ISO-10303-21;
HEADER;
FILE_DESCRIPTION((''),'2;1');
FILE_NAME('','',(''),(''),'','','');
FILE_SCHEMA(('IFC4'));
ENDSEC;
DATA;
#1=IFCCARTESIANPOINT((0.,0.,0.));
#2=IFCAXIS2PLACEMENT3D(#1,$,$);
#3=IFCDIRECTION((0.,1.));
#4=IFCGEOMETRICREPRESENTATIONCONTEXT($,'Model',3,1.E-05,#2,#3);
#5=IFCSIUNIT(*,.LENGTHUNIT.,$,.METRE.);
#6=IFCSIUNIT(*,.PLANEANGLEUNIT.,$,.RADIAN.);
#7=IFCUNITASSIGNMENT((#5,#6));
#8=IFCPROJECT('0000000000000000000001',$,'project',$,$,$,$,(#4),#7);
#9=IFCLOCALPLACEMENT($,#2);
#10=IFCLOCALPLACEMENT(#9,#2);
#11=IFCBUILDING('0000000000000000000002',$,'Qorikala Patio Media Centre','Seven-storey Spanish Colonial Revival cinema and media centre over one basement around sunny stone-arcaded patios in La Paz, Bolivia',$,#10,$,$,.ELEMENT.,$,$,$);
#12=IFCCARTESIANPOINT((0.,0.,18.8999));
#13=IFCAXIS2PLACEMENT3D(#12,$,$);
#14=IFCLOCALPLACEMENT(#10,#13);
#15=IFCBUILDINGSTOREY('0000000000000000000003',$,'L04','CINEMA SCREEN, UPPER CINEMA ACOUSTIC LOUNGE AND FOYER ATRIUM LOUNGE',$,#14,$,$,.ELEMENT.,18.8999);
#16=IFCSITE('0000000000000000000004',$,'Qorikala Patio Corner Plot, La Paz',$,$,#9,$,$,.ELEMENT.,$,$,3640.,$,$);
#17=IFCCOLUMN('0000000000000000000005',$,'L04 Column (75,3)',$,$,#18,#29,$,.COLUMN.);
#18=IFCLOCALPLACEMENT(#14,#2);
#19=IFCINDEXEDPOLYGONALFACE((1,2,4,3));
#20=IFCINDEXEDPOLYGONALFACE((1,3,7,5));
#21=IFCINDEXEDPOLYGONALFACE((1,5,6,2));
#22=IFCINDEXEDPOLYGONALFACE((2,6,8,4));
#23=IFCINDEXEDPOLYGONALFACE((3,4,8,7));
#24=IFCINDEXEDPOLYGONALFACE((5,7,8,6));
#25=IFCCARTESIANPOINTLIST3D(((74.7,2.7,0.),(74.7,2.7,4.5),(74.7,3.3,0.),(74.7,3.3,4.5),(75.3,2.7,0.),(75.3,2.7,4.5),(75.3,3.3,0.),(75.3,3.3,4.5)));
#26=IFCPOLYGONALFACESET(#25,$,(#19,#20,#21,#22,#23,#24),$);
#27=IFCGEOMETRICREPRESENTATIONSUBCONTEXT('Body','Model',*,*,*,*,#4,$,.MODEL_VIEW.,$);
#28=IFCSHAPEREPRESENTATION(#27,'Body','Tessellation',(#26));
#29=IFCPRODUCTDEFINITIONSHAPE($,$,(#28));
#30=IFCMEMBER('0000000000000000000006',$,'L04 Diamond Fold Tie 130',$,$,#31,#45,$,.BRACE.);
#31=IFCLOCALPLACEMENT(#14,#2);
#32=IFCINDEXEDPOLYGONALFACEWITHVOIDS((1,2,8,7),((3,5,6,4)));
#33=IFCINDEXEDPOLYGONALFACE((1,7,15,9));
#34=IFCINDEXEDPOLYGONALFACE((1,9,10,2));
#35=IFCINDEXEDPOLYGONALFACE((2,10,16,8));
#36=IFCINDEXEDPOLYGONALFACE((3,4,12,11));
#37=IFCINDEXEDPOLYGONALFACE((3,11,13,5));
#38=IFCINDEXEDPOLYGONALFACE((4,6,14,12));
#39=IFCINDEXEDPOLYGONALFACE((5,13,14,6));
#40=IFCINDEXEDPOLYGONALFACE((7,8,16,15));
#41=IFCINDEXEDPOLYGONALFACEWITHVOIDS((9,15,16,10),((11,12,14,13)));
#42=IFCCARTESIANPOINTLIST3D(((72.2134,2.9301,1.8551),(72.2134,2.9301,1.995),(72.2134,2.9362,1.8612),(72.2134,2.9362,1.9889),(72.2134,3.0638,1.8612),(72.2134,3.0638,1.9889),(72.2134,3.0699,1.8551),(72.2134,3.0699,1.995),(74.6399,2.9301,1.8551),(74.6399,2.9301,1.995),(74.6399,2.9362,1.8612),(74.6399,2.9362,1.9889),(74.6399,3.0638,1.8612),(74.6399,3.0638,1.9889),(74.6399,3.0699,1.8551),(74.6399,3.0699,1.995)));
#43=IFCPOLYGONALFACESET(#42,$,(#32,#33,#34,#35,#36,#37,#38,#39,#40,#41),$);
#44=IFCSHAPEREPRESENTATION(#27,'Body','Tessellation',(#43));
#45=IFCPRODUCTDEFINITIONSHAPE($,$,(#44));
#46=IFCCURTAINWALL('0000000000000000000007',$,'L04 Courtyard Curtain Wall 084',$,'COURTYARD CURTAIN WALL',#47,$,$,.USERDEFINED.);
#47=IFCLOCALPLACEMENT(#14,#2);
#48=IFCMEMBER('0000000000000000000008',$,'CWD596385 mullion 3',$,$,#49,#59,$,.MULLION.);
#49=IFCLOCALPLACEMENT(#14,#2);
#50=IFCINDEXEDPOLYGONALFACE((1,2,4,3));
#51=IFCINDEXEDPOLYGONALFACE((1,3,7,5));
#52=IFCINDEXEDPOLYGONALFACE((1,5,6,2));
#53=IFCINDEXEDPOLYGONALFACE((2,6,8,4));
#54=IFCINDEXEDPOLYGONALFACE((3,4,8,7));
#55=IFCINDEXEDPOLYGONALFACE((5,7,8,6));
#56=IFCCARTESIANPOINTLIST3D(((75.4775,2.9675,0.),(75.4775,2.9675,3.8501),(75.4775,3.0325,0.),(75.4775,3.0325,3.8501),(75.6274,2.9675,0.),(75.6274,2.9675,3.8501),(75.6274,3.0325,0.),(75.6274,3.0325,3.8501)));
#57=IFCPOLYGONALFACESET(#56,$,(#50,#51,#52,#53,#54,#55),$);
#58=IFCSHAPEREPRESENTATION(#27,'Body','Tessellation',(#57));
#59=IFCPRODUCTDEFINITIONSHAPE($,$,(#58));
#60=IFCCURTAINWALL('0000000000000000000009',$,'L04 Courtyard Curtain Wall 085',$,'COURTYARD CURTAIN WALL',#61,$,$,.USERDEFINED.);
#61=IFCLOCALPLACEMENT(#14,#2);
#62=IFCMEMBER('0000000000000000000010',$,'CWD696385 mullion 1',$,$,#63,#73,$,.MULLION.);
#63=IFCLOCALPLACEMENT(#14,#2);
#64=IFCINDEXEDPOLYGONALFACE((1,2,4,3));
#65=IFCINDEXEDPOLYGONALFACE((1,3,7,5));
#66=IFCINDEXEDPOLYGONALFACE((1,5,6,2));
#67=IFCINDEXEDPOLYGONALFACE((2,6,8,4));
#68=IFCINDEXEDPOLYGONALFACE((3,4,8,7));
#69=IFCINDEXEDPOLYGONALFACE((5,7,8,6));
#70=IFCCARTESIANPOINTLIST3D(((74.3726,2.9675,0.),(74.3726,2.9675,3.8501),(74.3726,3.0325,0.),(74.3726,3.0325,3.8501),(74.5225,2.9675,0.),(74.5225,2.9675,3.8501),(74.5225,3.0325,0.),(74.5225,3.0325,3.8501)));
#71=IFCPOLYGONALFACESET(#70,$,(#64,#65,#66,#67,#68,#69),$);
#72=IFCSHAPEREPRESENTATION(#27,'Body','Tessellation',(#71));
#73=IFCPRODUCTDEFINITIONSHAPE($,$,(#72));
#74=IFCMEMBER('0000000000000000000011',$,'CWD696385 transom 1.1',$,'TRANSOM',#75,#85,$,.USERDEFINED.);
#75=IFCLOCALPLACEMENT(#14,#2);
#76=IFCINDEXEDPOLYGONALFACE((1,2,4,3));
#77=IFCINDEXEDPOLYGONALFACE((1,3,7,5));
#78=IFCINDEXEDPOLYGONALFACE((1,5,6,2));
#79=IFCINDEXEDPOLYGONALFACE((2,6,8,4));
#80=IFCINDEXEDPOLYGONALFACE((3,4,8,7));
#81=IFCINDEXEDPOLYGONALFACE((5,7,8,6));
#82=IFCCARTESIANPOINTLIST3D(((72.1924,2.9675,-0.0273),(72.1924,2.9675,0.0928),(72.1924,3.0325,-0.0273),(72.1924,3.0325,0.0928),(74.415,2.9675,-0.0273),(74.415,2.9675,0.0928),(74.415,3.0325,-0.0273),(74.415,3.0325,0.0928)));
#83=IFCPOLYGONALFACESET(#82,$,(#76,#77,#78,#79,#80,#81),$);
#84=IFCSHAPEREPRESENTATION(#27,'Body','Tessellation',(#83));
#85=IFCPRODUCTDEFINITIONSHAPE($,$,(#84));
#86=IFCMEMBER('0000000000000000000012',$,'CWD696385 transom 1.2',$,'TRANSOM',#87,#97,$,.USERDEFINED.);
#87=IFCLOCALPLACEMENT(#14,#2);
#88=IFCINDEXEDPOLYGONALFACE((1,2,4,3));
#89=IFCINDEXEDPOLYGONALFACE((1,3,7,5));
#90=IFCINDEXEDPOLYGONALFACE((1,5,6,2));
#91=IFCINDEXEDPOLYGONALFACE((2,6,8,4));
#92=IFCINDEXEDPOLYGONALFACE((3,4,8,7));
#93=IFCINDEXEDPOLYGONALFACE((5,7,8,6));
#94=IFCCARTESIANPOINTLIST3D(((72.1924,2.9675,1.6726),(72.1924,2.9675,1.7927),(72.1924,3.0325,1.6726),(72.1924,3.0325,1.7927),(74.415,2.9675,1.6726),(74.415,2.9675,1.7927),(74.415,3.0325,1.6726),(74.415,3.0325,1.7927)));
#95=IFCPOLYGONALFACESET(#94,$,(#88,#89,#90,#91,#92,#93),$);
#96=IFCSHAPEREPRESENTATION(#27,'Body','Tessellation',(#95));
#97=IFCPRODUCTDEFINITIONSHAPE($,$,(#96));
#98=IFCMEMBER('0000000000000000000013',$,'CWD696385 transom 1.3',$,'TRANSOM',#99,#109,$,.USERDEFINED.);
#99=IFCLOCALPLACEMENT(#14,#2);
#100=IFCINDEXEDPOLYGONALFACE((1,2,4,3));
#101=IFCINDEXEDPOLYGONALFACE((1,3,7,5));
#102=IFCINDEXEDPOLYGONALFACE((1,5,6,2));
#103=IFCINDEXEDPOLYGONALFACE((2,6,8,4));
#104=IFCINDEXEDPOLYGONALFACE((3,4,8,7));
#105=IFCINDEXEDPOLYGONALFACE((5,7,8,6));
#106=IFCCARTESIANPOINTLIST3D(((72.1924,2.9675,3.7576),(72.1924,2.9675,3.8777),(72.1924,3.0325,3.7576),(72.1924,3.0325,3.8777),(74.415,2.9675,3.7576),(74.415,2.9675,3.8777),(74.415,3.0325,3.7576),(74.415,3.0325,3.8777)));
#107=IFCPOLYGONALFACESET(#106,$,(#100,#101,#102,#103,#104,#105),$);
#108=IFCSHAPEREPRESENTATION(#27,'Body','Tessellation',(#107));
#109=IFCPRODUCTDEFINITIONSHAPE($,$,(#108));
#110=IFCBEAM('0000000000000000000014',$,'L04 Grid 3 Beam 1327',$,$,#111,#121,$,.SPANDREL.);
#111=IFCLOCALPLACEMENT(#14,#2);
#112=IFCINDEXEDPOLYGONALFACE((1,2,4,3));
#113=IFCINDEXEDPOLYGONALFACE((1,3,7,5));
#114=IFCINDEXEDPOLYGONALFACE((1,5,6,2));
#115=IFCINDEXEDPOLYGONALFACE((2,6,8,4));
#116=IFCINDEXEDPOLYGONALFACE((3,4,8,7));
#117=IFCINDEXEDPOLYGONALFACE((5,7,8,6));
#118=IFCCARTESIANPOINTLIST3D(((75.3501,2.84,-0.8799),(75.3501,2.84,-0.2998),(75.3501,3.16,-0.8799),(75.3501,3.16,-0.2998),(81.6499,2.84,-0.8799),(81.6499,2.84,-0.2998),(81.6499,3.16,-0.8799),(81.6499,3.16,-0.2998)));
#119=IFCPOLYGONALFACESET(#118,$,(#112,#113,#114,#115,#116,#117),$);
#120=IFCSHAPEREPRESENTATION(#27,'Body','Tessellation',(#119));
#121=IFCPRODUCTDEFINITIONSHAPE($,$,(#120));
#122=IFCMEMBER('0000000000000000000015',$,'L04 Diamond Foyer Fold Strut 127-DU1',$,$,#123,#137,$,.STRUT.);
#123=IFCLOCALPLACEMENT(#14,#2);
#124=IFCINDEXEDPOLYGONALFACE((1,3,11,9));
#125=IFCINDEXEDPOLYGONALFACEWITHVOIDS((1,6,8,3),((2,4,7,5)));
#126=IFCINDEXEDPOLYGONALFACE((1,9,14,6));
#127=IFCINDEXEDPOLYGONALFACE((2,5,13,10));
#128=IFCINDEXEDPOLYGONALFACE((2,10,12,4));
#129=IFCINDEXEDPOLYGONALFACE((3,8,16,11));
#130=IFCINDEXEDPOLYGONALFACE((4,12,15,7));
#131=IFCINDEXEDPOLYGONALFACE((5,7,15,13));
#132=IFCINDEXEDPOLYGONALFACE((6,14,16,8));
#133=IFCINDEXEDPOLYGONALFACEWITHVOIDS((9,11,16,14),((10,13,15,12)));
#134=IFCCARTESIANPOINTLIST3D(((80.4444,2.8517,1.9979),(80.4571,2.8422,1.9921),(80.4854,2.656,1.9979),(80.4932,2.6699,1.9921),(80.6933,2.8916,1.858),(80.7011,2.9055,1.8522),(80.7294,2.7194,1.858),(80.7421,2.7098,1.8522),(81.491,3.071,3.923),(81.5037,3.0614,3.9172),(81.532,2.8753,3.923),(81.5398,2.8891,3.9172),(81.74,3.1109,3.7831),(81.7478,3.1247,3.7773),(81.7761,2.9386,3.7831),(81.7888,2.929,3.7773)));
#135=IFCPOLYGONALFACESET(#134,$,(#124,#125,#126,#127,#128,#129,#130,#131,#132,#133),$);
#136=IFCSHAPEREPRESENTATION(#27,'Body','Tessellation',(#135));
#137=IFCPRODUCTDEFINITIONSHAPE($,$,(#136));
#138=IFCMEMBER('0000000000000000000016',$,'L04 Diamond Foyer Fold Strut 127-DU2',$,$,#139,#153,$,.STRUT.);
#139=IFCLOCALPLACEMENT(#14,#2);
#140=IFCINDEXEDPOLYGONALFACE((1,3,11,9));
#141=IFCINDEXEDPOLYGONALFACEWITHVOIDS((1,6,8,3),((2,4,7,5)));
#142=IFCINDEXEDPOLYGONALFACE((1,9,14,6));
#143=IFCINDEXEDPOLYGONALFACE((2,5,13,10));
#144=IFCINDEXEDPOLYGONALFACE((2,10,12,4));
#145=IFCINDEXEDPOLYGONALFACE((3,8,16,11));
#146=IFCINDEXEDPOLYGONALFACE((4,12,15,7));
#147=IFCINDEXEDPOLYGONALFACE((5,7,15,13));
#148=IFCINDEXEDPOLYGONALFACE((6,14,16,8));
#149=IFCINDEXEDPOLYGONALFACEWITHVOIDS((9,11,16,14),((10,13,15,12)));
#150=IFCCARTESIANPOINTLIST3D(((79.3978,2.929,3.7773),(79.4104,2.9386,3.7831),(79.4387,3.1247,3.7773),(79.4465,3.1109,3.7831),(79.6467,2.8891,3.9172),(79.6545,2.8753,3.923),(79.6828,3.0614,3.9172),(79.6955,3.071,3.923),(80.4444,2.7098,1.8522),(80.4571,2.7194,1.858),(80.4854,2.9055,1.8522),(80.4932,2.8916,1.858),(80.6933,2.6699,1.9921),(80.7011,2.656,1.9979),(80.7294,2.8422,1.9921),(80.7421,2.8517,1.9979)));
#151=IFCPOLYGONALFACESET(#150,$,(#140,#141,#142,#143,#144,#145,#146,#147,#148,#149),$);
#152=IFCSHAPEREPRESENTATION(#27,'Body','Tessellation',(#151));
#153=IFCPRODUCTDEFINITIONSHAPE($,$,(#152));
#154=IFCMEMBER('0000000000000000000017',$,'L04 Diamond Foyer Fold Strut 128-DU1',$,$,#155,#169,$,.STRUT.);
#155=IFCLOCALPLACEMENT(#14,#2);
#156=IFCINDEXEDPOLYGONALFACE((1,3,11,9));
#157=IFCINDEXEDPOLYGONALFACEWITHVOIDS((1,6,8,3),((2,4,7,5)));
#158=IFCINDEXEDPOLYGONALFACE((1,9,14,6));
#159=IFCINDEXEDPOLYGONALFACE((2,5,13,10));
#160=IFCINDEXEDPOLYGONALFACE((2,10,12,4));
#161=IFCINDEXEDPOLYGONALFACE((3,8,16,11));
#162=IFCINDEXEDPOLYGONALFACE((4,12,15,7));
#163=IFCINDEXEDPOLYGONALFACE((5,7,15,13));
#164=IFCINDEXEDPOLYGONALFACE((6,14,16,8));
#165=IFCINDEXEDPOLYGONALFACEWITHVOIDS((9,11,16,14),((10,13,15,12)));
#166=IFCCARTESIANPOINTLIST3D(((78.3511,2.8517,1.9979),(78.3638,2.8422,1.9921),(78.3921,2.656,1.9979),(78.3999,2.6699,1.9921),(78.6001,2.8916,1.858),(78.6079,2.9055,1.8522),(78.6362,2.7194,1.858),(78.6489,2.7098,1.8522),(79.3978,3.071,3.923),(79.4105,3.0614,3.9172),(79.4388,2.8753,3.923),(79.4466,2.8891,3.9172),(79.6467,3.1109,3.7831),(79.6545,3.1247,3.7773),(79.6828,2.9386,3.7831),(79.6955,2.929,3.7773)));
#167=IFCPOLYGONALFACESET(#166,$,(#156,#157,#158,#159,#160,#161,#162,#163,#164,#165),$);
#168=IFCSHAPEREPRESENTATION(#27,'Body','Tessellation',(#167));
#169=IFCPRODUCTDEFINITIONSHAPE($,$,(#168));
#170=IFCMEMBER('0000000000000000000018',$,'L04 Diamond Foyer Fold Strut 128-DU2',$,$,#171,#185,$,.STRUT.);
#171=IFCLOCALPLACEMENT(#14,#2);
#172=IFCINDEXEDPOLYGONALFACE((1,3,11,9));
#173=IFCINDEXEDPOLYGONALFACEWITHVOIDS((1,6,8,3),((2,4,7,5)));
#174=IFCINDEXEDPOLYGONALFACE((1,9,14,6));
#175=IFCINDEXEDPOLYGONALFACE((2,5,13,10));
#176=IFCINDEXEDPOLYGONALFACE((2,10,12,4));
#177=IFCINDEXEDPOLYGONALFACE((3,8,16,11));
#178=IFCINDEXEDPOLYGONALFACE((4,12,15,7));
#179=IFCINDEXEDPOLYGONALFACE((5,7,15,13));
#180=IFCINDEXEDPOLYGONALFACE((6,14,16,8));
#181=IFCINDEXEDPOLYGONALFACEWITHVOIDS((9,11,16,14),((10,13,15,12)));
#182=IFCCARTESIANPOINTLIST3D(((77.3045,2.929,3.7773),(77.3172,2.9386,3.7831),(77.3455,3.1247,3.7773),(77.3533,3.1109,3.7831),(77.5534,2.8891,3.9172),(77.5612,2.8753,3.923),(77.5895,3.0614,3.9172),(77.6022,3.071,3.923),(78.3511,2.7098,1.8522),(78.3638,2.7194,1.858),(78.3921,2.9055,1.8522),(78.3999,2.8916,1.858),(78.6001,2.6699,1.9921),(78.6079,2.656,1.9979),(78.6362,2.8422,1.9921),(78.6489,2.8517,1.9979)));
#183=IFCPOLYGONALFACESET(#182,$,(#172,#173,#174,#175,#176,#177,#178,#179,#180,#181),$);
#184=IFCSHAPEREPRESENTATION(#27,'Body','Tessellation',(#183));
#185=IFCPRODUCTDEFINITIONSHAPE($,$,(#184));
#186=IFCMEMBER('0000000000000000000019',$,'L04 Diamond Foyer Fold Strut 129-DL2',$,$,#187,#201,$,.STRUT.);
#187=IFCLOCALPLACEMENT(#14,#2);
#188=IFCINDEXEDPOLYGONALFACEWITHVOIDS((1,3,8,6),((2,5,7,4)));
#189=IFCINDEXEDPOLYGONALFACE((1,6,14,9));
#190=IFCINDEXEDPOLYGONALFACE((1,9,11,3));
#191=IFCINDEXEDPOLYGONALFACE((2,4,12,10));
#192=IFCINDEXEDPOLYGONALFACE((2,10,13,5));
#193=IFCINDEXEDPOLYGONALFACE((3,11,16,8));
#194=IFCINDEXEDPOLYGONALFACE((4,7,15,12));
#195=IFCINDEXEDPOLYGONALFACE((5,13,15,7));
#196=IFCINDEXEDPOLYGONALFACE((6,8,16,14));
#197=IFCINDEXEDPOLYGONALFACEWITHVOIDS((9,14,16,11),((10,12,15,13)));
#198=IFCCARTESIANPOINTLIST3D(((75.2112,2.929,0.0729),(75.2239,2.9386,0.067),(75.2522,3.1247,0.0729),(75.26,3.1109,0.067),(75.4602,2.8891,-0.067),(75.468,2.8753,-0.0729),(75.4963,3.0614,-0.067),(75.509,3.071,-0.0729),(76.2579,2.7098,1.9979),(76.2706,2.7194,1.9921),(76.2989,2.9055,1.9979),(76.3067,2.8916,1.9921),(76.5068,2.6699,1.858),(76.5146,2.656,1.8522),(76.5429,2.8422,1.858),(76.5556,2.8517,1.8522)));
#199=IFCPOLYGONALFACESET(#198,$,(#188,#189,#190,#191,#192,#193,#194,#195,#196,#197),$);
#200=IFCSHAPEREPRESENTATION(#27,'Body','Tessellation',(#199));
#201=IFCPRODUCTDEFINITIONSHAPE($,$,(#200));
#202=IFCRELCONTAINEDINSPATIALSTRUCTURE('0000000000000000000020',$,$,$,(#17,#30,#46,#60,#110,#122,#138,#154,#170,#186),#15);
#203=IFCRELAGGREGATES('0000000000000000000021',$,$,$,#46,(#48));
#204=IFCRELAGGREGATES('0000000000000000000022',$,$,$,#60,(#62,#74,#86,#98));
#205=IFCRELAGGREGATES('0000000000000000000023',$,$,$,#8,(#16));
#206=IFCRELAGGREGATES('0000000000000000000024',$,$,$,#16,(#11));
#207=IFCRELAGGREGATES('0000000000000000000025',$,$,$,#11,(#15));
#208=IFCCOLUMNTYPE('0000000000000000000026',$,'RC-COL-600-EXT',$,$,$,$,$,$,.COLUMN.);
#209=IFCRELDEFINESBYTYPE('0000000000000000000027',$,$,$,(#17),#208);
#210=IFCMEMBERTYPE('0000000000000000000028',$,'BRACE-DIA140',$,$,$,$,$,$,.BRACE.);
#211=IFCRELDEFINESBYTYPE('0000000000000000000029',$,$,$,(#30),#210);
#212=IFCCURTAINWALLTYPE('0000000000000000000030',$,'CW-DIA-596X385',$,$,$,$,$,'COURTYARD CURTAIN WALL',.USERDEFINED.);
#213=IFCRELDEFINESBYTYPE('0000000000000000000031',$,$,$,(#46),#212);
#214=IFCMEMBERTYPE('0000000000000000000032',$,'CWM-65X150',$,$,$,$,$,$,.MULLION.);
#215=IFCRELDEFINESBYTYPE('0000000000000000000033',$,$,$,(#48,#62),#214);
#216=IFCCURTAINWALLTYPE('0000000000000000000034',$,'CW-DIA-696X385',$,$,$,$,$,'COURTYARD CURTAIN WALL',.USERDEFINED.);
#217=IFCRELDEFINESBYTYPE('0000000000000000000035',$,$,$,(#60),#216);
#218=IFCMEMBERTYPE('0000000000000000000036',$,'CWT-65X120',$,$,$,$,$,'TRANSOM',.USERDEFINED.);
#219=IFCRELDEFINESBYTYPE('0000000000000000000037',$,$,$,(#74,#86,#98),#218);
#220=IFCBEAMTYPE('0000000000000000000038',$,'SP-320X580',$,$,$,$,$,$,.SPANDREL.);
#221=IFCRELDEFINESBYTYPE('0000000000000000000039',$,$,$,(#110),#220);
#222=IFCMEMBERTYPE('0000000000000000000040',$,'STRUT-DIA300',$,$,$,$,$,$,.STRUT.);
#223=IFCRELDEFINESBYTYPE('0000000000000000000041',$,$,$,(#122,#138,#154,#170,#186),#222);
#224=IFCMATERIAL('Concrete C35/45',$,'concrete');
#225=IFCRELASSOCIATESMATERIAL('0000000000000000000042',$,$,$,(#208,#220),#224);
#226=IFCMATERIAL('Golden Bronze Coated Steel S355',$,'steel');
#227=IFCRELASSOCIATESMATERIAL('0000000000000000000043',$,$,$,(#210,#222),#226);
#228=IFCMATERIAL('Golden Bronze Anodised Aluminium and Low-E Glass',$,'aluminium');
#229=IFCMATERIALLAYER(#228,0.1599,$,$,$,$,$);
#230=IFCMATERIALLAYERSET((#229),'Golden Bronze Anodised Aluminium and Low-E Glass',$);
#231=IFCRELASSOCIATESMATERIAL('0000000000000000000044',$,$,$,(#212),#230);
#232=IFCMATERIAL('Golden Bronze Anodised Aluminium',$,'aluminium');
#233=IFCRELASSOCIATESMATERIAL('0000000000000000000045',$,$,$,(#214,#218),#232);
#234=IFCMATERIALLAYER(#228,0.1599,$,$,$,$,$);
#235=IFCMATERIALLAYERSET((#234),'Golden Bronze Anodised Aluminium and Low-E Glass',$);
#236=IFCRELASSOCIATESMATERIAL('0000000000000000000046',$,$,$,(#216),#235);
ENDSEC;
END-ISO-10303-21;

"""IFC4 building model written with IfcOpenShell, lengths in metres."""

from ifc_helpers import new_model, si_unit, direction, frame, origin, origin_2d, place, context, subcontext, project, spatial, rectangle, hollow_rectangle, extrude, material, layer, layer_set, material_profile, profile_set, type_object, element, aggregate, save


model = new_model("IFC4")

# Units and contexts
model_context = context("Model", 3, precision=1e-05, world=origin(), true_north=direction((0.0, 1.0)))
body_context = subcontext(model_context, "Body", "Model", "MODEL_VIEW")
ifc_project = project(units=[si_unit("LENGTHUNIT", "METRE"), si_unit("PLANEANGLEUNIT", "RADIAN")], contexts=[model_context])

# Site, building, storey
site_placement = place(None, origin())
site = spatial("IfcSite", under=ifc_project, at=site_placement, Name="Qorikala Patio Corner Plot, La Paz", CompositionType="ELEMENT", RefElevation=3640.0)
building_placement = place(site_placement, origin())
building = spatial("IfcBuilding", under=site, at=building_placement, Name="Qorikala Patio Media Centre", Description="Seven-storey Spanish Colonial Revival cinema and media centre over one basement around sunny stone-arcaded patios in La Paz, Bolivia", CompositionType="ELEMENT")
storey_placement = place(building_placement, frame((0.0, 0.0, 18.8999)))
storey = spatial("IfcBuildingStorey", under=building, at=storey_placement, Name="L04", Description="CINEMA SCREEN, UPPER CINEMA ACOUSTIC LOUNGE AND FOYER ATRIUM LOUNGE", CompositionType="ELEMENT", Elevation=18.8999)

# Column
ifc_material_1 = material(Name="Concrete C35/45", Category="concrete")
ifc_material_profile_1 = material_profile(ifc_material_1, rectangle(XDim=0.6001, YDim=0.6001, at=origin_2d()), Name="RC 600x600")
ifc_profile_set_1 = profile_set([ifc_material_profile_1], Name="Concrete C35/45")
column_type = type_object("IfcColumnType", Name="RC-COL-600-EXT", PredefinedType="COLUMN", material=ifc_profile_set_1)
column_placement = place(storey_placement, frame((75.0, 3.0, 0.0), z_axis=(0.0, 0.0, 1.0), x_axis=(1.0, 0.0, 0.0)))
element("IfcColumn", 1, at=column_placement, inside=storey, type_object=column_type, Name="L04 Column (75,3)", PredefinedType="COLUMN", context=body_context, shape_type="SweptSolid", body=[
    extrude(rectangle(XDim=0.6001, YDim=0.6001, at=origin_2d()), origin(), (0.0, 0.0, 1.0), 4.5),
])

# Member
ifc_material_2 = material(Name="Golden Bronze Coated Steel S355", Category="steel")
ifc_material_profile_2 = material_profile(ifc_material_2, hollow_rectangle(XDim=0.1399, YDim=0.1399, WallThickness=0.0061, at=origin_2d()), Name="HSS140X140X6")
ifc_profile_set_2 = profile_set([ifc_material_profile_2], Name="Golden Bronze Coated Steel S355")
member_type_1 = type_object("IfcMemberType", Name="BRACE-DIA140", PredefinedType="BRACE", material=ifc_profile_set_2)
member_1_placement = place(storey_placement, frame((74.6399, 3.0, 1.925), z_axis=(-1.0, 0.0, 0.0), x_axis=(0.0, -1.0, 0.0)))
element("IfcMember", 2, at=member_1_placement, inside=storey, type_object=member_type_1, Name="L04 Diamond Fold Tie 130", PredefinedType="BRACE", context=body_context, shape_type="SweptSolid", body=[
    extrude(hollow_rectangle(XDim=0.1399, YDim=0.1399, WallThickness=0.0061, at=origin_2d()), origin(), (0.0, 0.0, 1.0), 2.4265),
])

# Curtain wall, member
ifc_material_3 = material(Name="Golden Bronze Anodised Aluminium and Low-E Glass", Category="aluminium")
ifc_layer_1 = layer(ifc_material_3, 0.1599)
ifc_layer_set_1 = layer_set([ifc_layer_1], Name="Golden Bronze Anodised Aluminium and Low-E Glass")
curtain_wall_type_1 = type_object("IfcCurtainWallType", Name="CW-DIA-596X385", ElementType="COURTYARD CURTAIN WALL", PredefinedType="USERDEFINED", material=ifc_layer_set_1)
curtain_wall_1_placement = place(storey_placement, origin())
curtain_wall_1 = element("IfcCurtainWall", 3, at=curtain_wall_1_placement, inside=storey, type_object=curtain_wall_type_1, Name="L04 Courtyard Curtain Wall 084", ObjectType="COURTYARD CURTAIN WALL", PredefinedType="USERDEFINED")
ifc_material_4 = material(Name="Golden Bronze Anodised Aluminium", Category="aluminium")
ifc_material_profile_3 = material_profile(ifc_material_4, rectangle(XDim=0.0649, YDim=0.1499, at=origin_2d()), Name="ALU MULLION 65x150")
ifc_profile_set_3 = profile_set([ifc_material_profile_3], Name="Golden Bronze Anodised Aluminium")
member_type_2 = type_object("IfcMemberType", Name="CWM-65X150", PredefinedType="MULLION", material=ifc_profile_set_3)
member_2_placement = place(storey_placement, frame((75.5525, 3.0, 0.0), z_axis=(0.0, 0.0, 1.0), x_axis=(0.0, -1.0, 0.0)))
member_2 = element("IfcMember", 4, at=member_2_placement, type_object=member_type_2, Name="CWD596385 mullion 3", PredefinedType="MULLION", context=body_context, shape_type="SweptSolid", body=[
    extrude(rectangle(XDim=0.0649, YDim=0.1499, at=origin_2d()), origin(), (0.0, 0.0, 1.0), 3.8501),
])
aggregate(curtain_wall_1, [member_2])

# Curtain wall, members
ifc_layer_2 = layer(ifc_material_3, 0.1599)
ifc_layer_set_2 = layer_set([ifc_layer_2], Name="Golden Bronze Anodised Aluminium and Low-E Glass")
curtain_wall_type_2 = type_object("IfcCurtainWallType", Name="CW-DIA-696X385", ElementType="COURTYARD CURTAIN WALL", PredefinedType="USERDEFINED", material=ifc_layer_set_2)
curtain_wall_2_placement = place(storey_placement, origin())
curtain_wall_2 = element("IfcCurtainWall", 5, at=curtain_wall_2_placement, inside=storey, type_object=curtain_wall_type_2, Name="L04 Courtyard Curtain Wall 085", ObjectType="COURTYARD CURTAIN WALL", PredefinedType="USERDEFINED")
member_3_placement = place(storey_placement, frame((74.4475, 3.0, 0.0), z_axis=(0.0, 0.0, 1.0), x_axis=(0.0, -1.0, 0.0)))
member_3 = element("IfcMember", 6, at=member_3_placement, type_object=member_type_2, Name="CWD696385 mullion 1", PredefinedType="MULLION", context=body_context, shape_type="SweptSolid", body=[
    extrude(rectangle(XDim=0.0649, YDim=0.1499, at=origin_2d()), origin(), (0.0, 0.0, 1.0), 3.8501),
])
ifc_material_profile_4 = material_profile(ifc_material_4, rectangle(XDim=0.0649, YDim=0.1201, at=origin_2d()), Name="ALU TRANSOM 65x120")
ifc_profile_set_4 = profile_set([ifc_material_profile_4], Name="Golden Bronze Anodised Aluminium")
member_type_3 = type_object("IfcMemberType", Name="CWT-65X120", ElementType="TRANSOM", PredefinedType="USERDEFINED", material=ifc_profile_set_4)
member_4_placement = place(storey_placement, frame((74.415, 3.0, 0.0327), z_axis=(-1.0, 0.0, 0.0), x_axis=(0.0, -1.0, 0.0)))
member_4 = element("IfcMember", 7, at=member_4_placement, type_object=member_type_3, Name="CWD696385 transom 1.1", ObjectType="TRANSOM", PredefinedType="USERDEFINED", context=body_context, shape_type="SweptSolid", body=[
    extrude(rectangle(XDim=0.0649, YDim=0.1201, at=origin_2d()), origin(), (0.0, 0.0, 1.0), 2.2227),
])
member_5_placement = place(storey_placement, frame((74.415, 3.0, 1.7327), z_axis=(-1.0, 0.0, 0.0), x_axis=(0.0, -1.0, 0.0)))
member_5 = element("IfcMember", 8, at=member_5_placement, type_object=member_type_3, Name="CWD696385 transom 1.2", ObjectType="TRANSOM", PredefinedType="USERDEFINED", context=body_context, shape_type="SweptSolid", body=[
    extrude(rectangle(XDim=0.0649, YDim=0.1201, at=origin_2d()), origin(), (0.0, 0.0, 1.0), 2.2227),
])
member_6_placement = place(storey_placement, frame((74.415, 3.0, 3.8176), z_axis=(-1.0, 0.0, 0.0), x_axis=(0.0, -1.0, 0.0)))
member_6 = element("IfcMember", 9, at=member_6_placement, type_object=member_type_3, Name="CWD696385 transom 1.3", ObjectType="TRANSOM", PredefinedType="USERDEFINED", context=body_context, shape_type="SweptSolid", body=[
    extrude(rectangle(XDim=0.0649, YDim=0.1201, at=origin_2d()), origin(), (0.0, 0.0, 1.0), 2.2227),
])

# Beam
ifc_material_profile_5 = material_profile(ifc_material_1, rectangle(XDim=0.3201, YDim=0.5801, at=origin_2d()), Name="RC 320x580")
ifc_profile_set_5 = profile_set([ifc_material_profile_5], Name="Concrete C35/45")
beam_type = type_object("IfcBeamType", Name="SP-320X580", PredefinedType="SPANDREL", material=ifc_profile_set_5)
beam_placement = place(storey_placement, frame((75.3501, 3.0, -0.5898), z_axis=(1.0, 0.0, 0.0), x_axis=(0.0, 1.0, 0.0)))
element("IfcBeam", 10, at=beam_placement, inside=storey, type_object=beam_type, Name="L04 Grid 3 Beam 1327", PredefinedType="SPANDREL", context=body_context, shape_type="SweptSolid", body=[
    extrude(rectangle(XDim=0.3201, YDim=0.5801, at=origin_2d()), origin(), (0.0, 0.0, 1.0), 6.2998),
])

# Members
ifc_material_profile_6 = material_profile(ifc_material_2, hollow_rectangle(XDim=0.2, YDim=0.3, WallThickness=0.012, at=origin_2d()), Name="HSS300X200X12")
ifc_profile_set_6 = profile_set([ifc_material_profile_6], Name="Golden Bronze Coated Steel S355")
member_type_4 = type_object("IfcMemberType", Name="STRUT-DIA300", PredefinedType="STRUT", material=ifc_profile_set_6)
for number, where, z_axis, x_axis, name in (
    (11, (80.5933, 2.7808, 1.925), (0.475284, 0.099558, 0.874181), (-0.205021, 0.978758, 0.0), "L04 Diamond Foyer Fold Strut 127-DU1"),
    (12, (80.5933, 2.7808, 1.925), (-0.475284, 0.099558, 0.874181), (-0.205021, -0.978758, 0.0), "L04 Diamond Foyer Fold Strut 127-DU2"),
    (13, (78.5, 2.7808, 1.925), (0.475284, 0.099558, 0.874181), (-0.205021, 0.978758, 0.0), "L04 Diamond Foyer Fold Strut 128-DU1"),
    (14, (78.5, 2.7808, 1.925), (-0.475284, 0.099558, 0.874181), (-0.205021, -0.978758, 0.0), "L04 Diamond Foyer Fold Strut 128-DU2"),
    (15, (75.3601, 3.0, 0.0), (0.475284, -0.099558, 0.874181), (0.205021, 0.978758, 0.0), "L04 Diamond Foyer Fold Strut 129-DL2"),
):
    element("IfcMember", number, at=place(storey_placement, frame(where, z_axis=z_axis, x_axis=x_axis)), inside=storey, type_object=member_type_4, Name=name, PredefinedType="STRUT", context=body_context, shape_type="SweptSolid", body=[
        extrude(hollow_rectangle(XDim=0.2, YDim=0.3, WallThickness=0.012, at=origin_2d()), origin(), (0.0, 0.0, 1.0), 2.2021),
    ])

aggregate(curtain_wall_2, [member_3, member_4, member_5, member_6])

save(model, "model.ifc")
